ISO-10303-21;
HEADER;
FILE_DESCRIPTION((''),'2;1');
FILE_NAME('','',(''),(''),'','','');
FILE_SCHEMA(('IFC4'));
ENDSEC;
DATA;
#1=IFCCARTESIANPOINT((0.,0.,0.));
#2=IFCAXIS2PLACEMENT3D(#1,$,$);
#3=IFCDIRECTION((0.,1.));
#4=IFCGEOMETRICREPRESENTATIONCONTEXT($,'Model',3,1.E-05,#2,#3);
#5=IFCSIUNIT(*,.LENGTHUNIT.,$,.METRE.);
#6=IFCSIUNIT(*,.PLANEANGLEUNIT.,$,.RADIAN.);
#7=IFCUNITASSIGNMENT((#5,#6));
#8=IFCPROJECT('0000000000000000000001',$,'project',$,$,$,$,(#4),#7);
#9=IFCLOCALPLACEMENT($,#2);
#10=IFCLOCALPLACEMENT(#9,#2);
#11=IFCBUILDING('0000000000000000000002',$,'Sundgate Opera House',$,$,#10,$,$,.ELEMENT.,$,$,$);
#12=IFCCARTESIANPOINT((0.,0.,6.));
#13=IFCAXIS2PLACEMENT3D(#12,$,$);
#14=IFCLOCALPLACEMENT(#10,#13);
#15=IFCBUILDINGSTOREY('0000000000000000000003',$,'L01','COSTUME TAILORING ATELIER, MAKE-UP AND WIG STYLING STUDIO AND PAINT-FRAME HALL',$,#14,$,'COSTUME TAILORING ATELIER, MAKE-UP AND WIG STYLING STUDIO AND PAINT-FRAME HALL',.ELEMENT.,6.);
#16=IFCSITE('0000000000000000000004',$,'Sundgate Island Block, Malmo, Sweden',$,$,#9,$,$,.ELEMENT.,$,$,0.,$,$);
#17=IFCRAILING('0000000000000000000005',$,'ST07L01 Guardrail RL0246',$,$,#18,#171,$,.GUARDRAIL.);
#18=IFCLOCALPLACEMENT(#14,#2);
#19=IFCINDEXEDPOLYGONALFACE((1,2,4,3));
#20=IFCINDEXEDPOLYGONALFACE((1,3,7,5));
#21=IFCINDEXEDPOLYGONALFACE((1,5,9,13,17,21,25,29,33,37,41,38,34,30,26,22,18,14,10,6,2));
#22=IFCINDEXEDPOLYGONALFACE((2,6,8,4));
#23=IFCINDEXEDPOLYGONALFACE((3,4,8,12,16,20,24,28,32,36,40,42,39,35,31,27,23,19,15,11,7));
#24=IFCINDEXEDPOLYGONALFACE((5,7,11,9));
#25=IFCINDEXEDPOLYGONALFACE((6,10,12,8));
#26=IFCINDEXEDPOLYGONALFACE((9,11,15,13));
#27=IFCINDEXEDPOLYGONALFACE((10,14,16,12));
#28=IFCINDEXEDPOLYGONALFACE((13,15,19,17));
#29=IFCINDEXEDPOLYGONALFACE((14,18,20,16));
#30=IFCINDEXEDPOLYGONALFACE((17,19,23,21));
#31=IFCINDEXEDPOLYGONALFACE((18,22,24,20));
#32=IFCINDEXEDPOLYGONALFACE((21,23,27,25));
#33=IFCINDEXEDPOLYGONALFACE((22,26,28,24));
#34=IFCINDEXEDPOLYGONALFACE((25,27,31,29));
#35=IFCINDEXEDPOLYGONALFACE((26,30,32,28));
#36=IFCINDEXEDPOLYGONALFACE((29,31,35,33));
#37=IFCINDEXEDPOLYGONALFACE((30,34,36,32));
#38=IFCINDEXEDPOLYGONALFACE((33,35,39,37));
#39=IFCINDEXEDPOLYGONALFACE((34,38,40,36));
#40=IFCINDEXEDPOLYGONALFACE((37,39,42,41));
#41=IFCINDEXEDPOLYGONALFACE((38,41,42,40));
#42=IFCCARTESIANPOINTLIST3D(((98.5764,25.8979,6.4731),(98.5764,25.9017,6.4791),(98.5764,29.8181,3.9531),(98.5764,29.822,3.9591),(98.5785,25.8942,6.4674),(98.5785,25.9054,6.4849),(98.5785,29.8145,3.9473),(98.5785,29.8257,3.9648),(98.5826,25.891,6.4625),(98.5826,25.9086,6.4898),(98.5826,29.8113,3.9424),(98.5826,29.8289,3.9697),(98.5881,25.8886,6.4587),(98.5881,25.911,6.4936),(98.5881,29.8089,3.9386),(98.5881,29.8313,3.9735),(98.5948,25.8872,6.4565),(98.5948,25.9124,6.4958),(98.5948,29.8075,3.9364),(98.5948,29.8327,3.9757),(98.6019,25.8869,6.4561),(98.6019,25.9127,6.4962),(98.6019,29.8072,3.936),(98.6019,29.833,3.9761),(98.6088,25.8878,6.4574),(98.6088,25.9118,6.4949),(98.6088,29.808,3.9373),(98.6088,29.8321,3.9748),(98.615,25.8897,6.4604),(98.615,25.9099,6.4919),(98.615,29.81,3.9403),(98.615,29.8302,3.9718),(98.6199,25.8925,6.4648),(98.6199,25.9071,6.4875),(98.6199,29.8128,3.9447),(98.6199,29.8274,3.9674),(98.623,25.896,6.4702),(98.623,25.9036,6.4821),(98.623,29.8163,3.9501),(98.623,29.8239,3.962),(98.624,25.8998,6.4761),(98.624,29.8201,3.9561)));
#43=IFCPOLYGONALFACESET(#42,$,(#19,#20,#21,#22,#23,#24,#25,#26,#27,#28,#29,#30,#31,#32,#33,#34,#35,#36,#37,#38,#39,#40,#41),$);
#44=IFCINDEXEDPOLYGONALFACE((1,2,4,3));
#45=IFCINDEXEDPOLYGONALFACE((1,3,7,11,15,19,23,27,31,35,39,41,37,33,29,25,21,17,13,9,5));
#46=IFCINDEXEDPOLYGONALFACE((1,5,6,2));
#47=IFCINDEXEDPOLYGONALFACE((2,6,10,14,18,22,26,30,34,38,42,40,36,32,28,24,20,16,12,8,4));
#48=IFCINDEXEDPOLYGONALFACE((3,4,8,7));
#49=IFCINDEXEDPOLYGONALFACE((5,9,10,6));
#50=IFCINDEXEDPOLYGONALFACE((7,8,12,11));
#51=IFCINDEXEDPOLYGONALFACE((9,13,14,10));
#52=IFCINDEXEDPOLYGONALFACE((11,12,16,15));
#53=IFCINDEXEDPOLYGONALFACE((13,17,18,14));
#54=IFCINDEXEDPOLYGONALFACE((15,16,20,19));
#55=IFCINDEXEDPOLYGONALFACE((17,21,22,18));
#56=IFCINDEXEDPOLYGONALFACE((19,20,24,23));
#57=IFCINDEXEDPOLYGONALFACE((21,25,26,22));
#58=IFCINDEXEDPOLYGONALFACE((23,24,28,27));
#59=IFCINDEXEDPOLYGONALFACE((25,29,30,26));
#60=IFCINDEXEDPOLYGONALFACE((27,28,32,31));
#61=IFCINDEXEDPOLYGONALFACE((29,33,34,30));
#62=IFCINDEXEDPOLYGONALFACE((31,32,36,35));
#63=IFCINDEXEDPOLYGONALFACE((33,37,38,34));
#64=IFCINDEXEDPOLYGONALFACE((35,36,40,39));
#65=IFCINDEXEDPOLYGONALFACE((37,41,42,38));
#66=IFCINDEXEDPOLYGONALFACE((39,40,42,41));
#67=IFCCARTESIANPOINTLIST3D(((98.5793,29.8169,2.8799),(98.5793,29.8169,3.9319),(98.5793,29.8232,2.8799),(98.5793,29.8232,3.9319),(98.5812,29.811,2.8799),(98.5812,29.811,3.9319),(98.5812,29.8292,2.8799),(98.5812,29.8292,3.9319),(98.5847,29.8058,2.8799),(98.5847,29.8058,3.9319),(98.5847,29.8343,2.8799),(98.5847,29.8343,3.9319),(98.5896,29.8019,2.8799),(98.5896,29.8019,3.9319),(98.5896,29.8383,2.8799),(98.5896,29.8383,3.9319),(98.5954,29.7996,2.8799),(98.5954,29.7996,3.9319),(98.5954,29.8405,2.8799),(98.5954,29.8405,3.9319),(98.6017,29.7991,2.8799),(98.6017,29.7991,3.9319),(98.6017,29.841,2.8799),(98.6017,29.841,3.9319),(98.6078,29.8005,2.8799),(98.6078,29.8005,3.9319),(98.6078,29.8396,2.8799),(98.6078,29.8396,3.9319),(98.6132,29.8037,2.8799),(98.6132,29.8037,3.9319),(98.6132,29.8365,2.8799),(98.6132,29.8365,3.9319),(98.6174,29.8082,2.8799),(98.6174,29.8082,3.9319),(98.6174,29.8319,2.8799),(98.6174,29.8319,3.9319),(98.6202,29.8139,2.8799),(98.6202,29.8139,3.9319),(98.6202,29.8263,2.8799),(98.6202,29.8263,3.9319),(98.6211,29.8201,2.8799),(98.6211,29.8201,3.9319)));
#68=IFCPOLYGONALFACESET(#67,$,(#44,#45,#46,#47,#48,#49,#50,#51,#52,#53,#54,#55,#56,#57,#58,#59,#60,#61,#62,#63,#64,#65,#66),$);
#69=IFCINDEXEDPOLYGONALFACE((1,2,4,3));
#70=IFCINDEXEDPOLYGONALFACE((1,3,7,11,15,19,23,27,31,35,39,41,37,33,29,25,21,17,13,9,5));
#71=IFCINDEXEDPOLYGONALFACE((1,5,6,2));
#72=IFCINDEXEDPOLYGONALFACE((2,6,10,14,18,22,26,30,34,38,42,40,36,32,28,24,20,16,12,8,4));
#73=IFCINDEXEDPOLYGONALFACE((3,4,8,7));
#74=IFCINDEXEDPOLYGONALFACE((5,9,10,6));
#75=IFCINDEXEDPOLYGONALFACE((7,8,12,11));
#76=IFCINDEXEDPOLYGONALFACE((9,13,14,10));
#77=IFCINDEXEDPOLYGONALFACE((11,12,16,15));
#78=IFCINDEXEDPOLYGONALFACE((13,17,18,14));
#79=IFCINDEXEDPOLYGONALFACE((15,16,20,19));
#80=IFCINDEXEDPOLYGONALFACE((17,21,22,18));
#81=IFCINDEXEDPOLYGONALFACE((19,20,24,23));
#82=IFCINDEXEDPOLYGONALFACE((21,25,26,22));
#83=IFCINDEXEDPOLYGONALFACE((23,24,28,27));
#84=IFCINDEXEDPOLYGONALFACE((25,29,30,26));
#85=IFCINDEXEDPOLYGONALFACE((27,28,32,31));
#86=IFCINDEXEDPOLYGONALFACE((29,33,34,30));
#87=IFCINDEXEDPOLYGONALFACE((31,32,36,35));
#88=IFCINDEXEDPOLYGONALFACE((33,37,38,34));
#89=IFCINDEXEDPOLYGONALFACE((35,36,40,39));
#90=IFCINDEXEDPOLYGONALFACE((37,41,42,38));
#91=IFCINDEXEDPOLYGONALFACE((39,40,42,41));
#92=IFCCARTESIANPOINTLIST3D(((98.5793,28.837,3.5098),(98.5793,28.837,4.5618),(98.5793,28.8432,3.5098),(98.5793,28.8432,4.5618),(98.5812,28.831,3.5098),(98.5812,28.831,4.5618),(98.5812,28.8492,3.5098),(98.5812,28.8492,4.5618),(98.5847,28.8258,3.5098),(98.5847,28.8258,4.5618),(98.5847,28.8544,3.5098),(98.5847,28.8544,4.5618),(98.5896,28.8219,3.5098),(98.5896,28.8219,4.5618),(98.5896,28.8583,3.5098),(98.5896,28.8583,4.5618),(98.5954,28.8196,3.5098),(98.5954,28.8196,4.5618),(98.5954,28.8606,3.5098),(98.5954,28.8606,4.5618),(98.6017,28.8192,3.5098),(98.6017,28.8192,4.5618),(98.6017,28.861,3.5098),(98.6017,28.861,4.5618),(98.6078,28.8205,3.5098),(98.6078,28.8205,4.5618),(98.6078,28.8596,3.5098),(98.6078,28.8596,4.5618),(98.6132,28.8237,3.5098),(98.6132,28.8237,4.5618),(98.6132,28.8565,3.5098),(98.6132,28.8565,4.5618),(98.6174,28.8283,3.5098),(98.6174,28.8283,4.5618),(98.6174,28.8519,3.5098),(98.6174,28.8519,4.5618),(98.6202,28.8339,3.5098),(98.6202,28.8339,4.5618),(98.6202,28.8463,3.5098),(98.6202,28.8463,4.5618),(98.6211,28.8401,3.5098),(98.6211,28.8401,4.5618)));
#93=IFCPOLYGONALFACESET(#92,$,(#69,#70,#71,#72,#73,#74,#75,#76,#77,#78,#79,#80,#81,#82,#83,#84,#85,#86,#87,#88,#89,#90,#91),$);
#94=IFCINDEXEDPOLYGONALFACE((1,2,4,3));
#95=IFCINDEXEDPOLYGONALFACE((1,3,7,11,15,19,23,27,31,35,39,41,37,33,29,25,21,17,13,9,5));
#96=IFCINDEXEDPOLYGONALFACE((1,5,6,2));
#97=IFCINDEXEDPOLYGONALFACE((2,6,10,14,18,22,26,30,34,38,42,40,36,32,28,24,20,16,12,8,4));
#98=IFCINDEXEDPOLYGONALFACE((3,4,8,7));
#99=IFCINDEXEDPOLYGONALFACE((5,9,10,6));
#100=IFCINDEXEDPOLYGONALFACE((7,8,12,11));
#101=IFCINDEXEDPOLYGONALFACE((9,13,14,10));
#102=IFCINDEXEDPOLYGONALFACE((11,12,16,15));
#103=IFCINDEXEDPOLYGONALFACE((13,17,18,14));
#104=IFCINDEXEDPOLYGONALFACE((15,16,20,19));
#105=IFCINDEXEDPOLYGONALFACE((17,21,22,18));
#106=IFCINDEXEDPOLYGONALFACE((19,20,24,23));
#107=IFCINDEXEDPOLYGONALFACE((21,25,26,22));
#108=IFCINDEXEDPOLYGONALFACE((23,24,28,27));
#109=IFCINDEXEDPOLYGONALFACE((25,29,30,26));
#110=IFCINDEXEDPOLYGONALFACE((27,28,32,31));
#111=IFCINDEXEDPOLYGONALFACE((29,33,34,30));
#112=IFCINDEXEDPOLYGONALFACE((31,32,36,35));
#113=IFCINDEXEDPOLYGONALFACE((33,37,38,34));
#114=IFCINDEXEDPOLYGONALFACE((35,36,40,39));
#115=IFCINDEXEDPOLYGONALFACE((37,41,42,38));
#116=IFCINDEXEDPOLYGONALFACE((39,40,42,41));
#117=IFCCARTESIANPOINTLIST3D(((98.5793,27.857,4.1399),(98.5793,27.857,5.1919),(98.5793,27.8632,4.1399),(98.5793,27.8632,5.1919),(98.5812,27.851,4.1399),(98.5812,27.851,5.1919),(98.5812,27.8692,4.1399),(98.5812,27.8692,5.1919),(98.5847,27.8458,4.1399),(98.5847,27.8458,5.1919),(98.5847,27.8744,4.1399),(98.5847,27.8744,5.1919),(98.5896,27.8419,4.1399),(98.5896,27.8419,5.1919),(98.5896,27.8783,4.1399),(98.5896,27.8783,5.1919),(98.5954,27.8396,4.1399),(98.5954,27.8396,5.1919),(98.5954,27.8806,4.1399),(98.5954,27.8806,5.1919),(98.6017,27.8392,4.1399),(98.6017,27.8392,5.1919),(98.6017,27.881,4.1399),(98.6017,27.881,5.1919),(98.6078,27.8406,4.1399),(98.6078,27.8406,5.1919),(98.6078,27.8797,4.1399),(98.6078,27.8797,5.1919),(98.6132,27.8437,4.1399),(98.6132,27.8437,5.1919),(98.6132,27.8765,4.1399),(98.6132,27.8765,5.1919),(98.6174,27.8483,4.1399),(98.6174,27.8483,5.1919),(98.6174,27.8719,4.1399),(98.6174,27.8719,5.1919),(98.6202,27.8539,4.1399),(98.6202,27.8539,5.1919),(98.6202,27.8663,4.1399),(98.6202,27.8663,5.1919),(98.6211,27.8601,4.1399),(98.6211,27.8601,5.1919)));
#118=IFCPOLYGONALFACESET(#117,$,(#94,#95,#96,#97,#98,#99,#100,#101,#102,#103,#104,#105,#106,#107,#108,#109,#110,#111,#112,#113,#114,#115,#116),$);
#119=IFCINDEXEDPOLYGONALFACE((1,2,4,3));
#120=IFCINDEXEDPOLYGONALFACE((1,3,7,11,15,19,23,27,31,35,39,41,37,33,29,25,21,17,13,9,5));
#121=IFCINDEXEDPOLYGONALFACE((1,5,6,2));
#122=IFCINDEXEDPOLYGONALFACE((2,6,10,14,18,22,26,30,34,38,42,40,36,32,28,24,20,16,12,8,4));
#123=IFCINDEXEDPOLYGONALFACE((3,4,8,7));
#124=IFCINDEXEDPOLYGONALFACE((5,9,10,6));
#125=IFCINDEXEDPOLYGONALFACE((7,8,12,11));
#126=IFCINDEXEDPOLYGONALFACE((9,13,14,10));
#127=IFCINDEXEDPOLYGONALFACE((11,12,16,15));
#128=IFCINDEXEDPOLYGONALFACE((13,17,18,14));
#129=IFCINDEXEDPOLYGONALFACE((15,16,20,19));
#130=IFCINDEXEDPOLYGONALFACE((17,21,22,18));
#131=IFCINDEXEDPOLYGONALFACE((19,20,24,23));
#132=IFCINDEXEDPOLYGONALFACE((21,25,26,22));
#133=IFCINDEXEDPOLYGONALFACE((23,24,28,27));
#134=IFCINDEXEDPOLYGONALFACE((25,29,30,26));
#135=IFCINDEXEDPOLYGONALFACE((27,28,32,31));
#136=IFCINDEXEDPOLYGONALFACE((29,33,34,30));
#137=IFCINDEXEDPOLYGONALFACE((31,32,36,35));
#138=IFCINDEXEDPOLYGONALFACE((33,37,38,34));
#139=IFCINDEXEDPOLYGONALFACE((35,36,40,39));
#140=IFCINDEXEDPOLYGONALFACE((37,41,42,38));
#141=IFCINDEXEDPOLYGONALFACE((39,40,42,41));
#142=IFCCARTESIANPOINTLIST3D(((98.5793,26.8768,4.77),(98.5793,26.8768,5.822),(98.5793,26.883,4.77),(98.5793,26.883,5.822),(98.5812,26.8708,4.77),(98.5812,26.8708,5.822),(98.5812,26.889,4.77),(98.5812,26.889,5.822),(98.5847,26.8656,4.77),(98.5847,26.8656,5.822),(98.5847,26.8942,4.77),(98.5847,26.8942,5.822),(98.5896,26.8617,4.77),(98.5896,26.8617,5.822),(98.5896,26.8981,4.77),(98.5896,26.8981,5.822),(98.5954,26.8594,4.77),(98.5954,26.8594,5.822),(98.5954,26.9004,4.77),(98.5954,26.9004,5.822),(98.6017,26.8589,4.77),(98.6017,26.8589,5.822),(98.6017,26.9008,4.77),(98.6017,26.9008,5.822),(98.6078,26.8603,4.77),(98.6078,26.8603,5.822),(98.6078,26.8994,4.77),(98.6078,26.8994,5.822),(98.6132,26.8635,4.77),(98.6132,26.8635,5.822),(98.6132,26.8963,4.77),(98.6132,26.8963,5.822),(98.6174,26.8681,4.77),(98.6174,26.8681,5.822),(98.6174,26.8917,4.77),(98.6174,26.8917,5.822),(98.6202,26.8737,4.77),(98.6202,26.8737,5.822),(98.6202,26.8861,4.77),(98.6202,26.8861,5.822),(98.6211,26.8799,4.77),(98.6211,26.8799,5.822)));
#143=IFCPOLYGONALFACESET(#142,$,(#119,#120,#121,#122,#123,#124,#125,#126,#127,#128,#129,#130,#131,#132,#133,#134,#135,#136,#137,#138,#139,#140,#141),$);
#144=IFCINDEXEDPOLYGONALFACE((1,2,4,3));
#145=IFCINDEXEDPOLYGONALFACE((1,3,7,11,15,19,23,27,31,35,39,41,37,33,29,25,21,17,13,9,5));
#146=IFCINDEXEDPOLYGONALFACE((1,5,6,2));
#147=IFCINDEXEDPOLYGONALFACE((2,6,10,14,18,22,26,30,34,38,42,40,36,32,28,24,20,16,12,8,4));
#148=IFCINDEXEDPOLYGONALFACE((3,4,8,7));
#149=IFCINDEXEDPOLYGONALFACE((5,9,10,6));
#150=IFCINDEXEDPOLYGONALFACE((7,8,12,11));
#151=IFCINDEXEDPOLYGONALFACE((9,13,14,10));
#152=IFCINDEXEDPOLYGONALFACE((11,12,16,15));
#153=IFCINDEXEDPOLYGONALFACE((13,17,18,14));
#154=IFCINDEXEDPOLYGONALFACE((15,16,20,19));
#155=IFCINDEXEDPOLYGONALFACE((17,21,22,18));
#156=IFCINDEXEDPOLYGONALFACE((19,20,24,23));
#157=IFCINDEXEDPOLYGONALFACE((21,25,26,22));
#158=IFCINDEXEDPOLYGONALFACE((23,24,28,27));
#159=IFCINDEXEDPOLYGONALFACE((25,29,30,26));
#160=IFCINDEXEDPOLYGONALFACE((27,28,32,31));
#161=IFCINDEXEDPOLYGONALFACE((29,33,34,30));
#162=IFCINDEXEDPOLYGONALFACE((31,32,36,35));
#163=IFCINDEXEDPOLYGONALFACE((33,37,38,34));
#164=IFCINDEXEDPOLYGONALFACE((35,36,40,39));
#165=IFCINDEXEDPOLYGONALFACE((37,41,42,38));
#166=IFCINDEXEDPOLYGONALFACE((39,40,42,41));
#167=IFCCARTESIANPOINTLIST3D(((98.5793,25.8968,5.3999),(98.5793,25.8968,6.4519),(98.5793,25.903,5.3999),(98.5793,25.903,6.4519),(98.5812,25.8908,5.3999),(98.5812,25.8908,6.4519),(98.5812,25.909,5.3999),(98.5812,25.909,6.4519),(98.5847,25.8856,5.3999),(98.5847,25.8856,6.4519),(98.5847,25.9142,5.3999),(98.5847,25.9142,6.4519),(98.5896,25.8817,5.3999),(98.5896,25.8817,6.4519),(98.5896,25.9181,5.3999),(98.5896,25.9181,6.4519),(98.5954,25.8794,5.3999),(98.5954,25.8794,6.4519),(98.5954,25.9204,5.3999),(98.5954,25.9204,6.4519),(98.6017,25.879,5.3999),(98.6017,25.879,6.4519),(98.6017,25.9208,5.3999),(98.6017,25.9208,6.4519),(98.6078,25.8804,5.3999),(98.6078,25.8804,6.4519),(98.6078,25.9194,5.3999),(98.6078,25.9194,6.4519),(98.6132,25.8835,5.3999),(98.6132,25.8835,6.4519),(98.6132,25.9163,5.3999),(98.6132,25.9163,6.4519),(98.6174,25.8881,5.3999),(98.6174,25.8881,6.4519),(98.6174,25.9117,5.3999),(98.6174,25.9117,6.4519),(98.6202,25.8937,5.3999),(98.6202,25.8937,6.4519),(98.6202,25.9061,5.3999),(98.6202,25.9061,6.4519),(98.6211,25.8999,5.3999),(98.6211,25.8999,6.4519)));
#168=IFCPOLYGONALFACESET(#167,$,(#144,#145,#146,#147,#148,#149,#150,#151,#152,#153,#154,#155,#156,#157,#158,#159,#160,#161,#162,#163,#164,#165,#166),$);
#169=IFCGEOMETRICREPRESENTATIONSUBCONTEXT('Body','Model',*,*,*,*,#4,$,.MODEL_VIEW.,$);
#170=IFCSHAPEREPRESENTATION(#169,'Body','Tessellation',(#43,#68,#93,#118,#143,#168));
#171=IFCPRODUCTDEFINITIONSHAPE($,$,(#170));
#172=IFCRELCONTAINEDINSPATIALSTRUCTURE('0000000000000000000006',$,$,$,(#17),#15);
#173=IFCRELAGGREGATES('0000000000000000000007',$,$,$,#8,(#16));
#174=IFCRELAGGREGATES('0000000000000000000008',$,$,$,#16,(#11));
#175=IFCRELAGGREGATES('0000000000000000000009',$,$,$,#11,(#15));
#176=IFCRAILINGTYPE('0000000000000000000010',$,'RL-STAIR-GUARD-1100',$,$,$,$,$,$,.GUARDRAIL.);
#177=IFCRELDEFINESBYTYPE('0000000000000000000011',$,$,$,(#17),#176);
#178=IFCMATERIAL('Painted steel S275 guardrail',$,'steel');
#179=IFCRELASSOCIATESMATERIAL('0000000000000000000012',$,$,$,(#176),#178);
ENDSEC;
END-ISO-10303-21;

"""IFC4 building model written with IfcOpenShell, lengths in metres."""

from ifc_helpers import new_model, si_unit, direction, frame, origin, origin_2d, place, context, subcontext, project, spatial, circle, extrude, material, type_object, element, save


model = new_model("IFC4")

# Units and contexts
model_context = context("Model", 3, precision=1e-05, world=origin(), true_north=direction((0.0, 1.0)))
body_context = subcontext(model_context, "Body", "Model", "MODEL_VIEW")
ifc_project = project(units=[si_unit("LENGTHUNIT", "METRE"), si_unit("PLANEANGLEUNIT", "RADIAN")], contexts=[model_context])

# Site, building, storey
site_placement = place(None, origin())
site = spatial("IfcSite", under=ifc_project, at=site_placement, Name="Sundgate Island Block, Malmo, Sweden", CompositionType="ELEMENT", RefElevation=0.0)
building_placement = place(site_placement, origin())
building = spatial("IfcBuilding", under=site, at=building_placement, Name="Sundgate Opera House", CompositionType="ELEMENT")
storey_placement = place(building_placement, frame((0.0, 0.0, 6.0)))
storey = spatial("IfcBuildingStorey", under=building, at=storey_placement, Name="L01", Description="COSTUME TAILORING ATELIER, MAKE-UP AND WIG STYLING STUDIO AND PAINT-FRAME HALL", LongName="COSTUME TAILORING ATELIER, MAKE-UP AND WIG STYLING STUDIO AND PAINT-FRAME HALL", CompositionType="ELEMENT", Elevation=6.0)

# Railing
ifc_material_1 = material(Name="Painted steel S275 guardrail", Category="steel")
railing_type_1 = type_object("IfcRailingType", Name="RL-STAIR-GUARD-1100", PredefinedType="GUARDRAIL", material=ifc_material_1)
railing_1_placement = place(storey_placement, frame((98.6001, 29.8201, 2.8799)))
element("IfcRailing", 1, at=railing_1_placement, inside=storey, type_object=railing_type_1, Name="ST07L01 Guardrail RL0246", PredefinedType="GUARDRAIL", context=body_context, shape_type="SweptSolid", body=[
    extrude(circle(Radius=0.0239, at=origin_2d()), frame((0.0, 0.0, 1.0762), z_axis=(0.0, -0.841187, 0.540744), x_axis=(1.0, 0.0, 0.0)), (0.0, 0.0, 1.0), 4.6604),
    extrude(circle(Radius=0.021, at=origin_2d()), origin(), (0.0, 0.0, 1.0), 1.052),
    extrude(circle(Radius=0.021, at=origin_2d()), frame((0.0, -0.98, 0.6299)), (0.0, 0.0, 1.0), 1.052),
    extrude(circle(Radius=0.021, at=origin_2d()), frame((0.0, -1.96, 1.26)), (0.0, 0.0, 1.0), 1.052),
    extrude(circle(Radius=0.021, at=origin_2d()), frame((0.0, -2.9402, 1.8901)), (0.0, 0.0, 1.0), 1.052),
    extrude(circle(Radius=0.021, at=origin_2d()), frame((0.0, -3.9202, 2.52)), (0.0, 0.0, 1.0), 1.052),
])

save(model, "model.ifc")
